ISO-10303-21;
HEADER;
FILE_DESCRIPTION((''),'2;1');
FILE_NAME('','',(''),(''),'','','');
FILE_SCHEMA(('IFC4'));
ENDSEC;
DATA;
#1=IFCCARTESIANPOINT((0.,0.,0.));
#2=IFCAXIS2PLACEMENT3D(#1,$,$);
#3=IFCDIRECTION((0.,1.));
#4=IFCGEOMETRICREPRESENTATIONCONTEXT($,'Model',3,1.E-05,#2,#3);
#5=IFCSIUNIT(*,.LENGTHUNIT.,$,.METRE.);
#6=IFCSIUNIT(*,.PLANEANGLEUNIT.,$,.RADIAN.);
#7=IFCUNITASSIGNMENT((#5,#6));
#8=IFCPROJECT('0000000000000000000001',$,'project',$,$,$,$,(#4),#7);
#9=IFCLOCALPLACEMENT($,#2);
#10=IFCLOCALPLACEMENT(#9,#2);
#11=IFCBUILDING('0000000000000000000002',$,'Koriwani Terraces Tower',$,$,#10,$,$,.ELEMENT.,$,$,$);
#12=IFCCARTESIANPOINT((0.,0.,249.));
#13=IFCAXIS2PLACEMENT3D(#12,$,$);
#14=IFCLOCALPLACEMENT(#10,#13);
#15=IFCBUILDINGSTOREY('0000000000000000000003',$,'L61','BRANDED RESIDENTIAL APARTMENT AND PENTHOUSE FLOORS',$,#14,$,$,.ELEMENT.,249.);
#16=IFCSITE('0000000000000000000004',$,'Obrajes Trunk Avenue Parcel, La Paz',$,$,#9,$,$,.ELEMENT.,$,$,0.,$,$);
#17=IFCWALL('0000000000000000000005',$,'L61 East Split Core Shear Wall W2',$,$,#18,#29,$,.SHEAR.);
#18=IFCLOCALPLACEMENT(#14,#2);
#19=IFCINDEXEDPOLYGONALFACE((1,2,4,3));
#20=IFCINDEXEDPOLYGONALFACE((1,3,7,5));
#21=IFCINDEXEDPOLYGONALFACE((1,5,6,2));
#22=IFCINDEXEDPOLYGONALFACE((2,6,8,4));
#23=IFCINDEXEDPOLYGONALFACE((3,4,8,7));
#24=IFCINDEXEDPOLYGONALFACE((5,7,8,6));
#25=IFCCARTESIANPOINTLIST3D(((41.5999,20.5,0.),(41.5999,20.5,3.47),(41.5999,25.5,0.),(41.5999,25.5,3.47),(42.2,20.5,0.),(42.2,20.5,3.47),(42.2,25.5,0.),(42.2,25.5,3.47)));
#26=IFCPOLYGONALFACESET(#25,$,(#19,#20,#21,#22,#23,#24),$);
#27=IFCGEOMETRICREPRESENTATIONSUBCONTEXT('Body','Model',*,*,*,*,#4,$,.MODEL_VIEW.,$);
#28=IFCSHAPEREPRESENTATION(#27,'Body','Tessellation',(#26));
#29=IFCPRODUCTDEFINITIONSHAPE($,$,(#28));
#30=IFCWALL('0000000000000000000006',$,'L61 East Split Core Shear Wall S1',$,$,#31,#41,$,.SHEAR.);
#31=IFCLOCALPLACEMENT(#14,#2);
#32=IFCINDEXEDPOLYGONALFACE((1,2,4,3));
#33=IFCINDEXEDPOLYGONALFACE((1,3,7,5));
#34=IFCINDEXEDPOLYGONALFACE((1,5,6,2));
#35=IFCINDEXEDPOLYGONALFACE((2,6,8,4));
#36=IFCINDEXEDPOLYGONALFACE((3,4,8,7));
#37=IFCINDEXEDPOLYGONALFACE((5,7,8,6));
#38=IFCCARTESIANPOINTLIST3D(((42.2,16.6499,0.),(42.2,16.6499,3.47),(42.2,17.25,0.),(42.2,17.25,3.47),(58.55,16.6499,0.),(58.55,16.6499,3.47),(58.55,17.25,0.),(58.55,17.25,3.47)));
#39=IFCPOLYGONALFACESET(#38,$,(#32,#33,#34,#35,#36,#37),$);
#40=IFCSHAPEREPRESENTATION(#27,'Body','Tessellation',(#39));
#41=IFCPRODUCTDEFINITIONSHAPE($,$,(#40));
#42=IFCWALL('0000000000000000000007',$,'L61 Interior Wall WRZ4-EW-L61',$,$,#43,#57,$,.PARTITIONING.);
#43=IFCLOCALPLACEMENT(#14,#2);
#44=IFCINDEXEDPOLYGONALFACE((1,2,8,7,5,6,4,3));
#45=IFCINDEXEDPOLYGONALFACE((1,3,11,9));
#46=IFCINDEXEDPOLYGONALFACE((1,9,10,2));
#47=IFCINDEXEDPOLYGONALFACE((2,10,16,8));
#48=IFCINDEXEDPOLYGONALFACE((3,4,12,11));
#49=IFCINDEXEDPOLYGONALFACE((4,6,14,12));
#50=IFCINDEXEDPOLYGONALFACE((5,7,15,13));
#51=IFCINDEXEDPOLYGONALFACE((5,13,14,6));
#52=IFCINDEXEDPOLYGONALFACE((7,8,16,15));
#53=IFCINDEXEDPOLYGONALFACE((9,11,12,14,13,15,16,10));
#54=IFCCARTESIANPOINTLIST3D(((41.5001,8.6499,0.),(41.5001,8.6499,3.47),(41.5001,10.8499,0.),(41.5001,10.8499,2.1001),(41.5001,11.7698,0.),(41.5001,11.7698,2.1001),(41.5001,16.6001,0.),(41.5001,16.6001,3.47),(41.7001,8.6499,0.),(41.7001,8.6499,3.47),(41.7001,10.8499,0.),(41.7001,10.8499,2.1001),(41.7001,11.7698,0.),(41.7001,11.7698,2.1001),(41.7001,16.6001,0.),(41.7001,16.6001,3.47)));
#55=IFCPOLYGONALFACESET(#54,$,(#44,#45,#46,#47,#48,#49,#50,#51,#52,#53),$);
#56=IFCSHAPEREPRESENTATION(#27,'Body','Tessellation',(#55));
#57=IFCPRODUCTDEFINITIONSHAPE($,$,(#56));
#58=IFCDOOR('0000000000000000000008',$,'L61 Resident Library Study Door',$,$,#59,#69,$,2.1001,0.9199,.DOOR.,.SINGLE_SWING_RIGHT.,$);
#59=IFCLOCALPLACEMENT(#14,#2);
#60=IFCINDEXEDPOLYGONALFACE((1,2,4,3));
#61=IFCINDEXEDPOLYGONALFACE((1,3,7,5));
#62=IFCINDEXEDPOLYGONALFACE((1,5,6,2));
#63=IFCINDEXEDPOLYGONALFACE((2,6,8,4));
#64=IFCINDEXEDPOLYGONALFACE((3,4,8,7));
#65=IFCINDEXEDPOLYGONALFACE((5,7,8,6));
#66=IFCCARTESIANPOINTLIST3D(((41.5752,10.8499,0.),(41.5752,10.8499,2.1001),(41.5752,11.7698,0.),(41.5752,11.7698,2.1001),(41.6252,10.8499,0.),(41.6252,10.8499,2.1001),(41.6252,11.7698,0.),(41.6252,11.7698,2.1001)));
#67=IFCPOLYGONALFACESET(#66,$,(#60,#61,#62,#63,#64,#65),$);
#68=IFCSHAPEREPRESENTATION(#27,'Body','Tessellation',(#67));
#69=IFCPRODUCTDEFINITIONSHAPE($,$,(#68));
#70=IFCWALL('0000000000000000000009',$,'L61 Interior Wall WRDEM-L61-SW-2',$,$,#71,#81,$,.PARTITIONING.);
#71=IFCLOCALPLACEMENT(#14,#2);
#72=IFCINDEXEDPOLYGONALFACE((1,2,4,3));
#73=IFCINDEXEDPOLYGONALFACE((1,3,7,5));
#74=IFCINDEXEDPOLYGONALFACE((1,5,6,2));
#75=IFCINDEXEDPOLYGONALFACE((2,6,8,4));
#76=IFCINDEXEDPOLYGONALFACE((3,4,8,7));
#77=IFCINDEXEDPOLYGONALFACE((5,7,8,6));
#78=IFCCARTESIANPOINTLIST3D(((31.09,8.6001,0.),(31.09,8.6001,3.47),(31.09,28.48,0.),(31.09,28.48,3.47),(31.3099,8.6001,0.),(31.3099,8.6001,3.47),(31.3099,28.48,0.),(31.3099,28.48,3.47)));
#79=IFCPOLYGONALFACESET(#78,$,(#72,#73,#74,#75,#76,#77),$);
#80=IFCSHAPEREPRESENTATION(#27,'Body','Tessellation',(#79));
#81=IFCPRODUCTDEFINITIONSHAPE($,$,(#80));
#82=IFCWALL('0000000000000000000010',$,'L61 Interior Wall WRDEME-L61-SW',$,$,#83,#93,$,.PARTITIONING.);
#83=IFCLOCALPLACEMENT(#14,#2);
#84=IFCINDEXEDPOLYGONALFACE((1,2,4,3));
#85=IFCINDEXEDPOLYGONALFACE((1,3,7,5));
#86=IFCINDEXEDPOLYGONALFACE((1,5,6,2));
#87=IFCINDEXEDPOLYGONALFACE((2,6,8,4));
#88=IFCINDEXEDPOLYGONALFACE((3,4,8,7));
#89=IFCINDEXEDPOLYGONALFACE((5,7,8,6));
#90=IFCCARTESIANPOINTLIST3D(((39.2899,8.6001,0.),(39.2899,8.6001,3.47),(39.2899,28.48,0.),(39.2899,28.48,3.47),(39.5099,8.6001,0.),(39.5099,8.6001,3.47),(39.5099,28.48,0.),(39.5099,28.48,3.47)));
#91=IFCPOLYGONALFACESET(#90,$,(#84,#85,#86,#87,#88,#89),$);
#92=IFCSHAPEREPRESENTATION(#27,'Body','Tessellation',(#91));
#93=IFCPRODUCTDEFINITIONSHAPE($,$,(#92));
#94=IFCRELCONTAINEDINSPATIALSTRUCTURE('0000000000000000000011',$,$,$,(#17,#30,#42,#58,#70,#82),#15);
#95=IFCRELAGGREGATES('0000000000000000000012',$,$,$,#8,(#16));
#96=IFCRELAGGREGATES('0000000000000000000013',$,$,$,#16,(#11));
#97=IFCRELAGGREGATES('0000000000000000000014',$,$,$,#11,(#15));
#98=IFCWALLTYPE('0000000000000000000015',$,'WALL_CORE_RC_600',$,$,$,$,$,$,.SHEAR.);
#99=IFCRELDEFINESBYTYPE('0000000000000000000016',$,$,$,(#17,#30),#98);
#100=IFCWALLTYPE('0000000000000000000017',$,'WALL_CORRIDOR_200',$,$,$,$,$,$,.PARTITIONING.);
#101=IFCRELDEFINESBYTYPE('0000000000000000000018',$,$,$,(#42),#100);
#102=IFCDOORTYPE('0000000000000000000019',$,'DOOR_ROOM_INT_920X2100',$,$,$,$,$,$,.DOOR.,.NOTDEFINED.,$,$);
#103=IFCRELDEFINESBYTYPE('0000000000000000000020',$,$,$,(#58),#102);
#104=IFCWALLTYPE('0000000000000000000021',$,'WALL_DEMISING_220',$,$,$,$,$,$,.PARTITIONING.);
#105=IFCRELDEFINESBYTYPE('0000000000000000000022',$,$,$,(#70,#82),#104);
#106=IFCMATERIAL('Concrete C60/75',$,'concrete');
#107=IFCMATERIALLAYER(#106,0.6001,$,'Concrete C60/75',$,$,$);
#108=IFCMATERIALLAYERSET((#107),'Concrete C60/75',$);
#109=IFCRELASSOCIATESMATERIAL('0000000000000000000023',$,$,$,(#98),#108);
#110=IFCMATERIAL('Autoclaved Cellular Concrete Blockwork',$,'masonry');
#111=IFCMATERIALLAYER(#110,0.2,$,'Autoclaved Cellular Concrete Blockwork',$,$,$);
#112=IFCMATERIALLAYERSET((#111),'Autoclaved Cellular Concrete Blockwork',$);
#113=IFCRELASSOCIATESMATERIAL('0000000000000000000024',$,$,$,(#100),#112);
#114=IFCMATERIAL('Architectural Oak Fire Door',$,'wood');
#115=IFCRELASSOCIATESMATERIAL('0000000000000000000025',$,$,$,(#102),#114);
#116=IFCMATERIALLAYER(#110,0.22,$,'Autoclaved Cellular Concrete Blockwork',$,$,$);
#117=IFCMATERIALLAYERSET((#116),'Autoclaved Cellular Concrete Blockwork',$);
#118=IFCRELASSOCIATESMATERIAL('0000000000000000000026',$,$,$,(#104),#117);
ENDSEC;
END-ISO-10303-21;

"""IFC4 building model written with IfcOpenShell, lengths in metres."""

from ifc_helpers import new_model, si_unit, direction, frame, frame_2d, origin, place, context, subcontext, project, spatial, rectangle, extrude, material, layer, layer_set, type_object, element, fill, save


model = new_model("IFC4")

# Units and contexts
model_context = context("Model", 3, precision=1e-05, world=origin(), true_north=direction((0.0, 1.0)))
body_context = subcontext(model_context, "Body", "Model", "MODEL_VIEW")
ifc_project = project(units=[si_unit("LENGTHUNIT", "METRE"), si_unit("PLANEANGLEUNIT", "RADIAN")], contexts=[model_context])

# Site, building, storey
site_placement = place(None, origin())
site = spatial("IfcSite", under=ifc_project, at=site_placement, Name="Obrajes Trunk Avenue Parcel, La Paz", CompositionType="ELEMENT", RefElevation=0.0)
building_placement = place(site_placement, origin())
building = spatial("IfcBuilding", under=site, at=building_placement, Name="Koriwani Terraces Tower", CompositionType="ELEMENT")
storey_placement = place(building_placement, frame((0.0, 0.0, 249.0)))
storey = spatial("IfcBuildingStorey", under=building, at=storey_placement, Name="L61", Description="BRANDED RESIDENTIAL APARTMENT AND PENTHOUSE FLOORS", CompositionType="ELEMENT", Elevation=249.0)

# Walls
ifc_material_1 = material(Name="Concrete C60/75", Category="concrete")
ifc_layer_1 = layer(ifc_material_1, 0.6001, Name="Concrete C60/75")
ifc_layer_set_1 = layer_set([ifc_layer_1], Name="Concrete C60/75")
wall_type_1 = type_object("IfcWallType", Name="WALL_CORE_RC_600", PredefinedType="SHEAR", material=ifc_layer_set_1)
wall_1_placement = place(storey_placement, frame((41.8999, 20.5, 0.0), z_axis=(0.0, 0.0, 1.0), x_axis=(0.0, 1.0, 0.0)))
element("IfcWall", 1, at=wall_1_placement, inside=storey, type_object=wall_type_1, Name="L61 East Split Core Shear Wall W2", PredefinedType="SHEAR", context=body_context, shape_type="SweptSolid", body=[
    extrude(rectangle(XDim=5.0, YDim=0.6001, at=frame_2d((2.5, 0.0))), origin(), (0.0, 0.0, 1.0), 3.47),
])
wall_2_placement = place(storey_placement, frame((42.2, 16.95, 0.0), z_axis=(0.0, 0.0, 1.0), x_axis=(1.0, 0.0, 0.0)))
element("IfcWall", 2, at=wall_2_placement, inside=storey, type_object=wall_type_1, Name="L61 East Split Core Shear Wall S1", PredefinedType="SHEAR", context=body_context, shape_type="SweptSolid", body=[
    extrude(rectangle(XDim=16.3501, YDim=0.6001, at=frame_2d((8.175, 0.0))), origin(), (0.0, 0.0, 1.0), 3.47),
])

# Wall, opening, door
ifc_material_2 = material(Name="Autoclaved Cellular Concrete Blockwork", Category="masonry")
ifc_layer_2 = layer(ifc_material_2, 0.2, Name="Autoclaved Cellular Concrete Blockwork")
ifc_layer_set_2 = layer_set([ifc_layer_2], Name="Autoclaved Cellular Concrete Blockwork")
wall_type_2 = type_object("IfcWallType", Name="WALL_CORRIDOR_200", PredefinedType="PARTITIONING", material=ifc_layer_set_2)
wall_3_placement = place(storey_placement, frame((41.6001, 8.6499, 0.0), z_axis=(0.0, 0.0, 1.0), x_axis=(0.0, 1.0, 0.0)))
wall_3 = element("IfcWall", 3, at=wall_3_placement, inside=storey, type_object=wall_type_2, Name="L61 Interior Wall WRZ4-EW-L61", PredefinedType="PARTITIONING", context=body_context, shape_type="SweptSolid", body=[
    extrude(rectangle(XDim=7.9502, YDim=0.2, at=frame_2d((3.9751, 0.0))), origin(), (0.0, 0.0, 1.0), 3.47),
])
opening_1_placement = place(wall_3_placement, frame((2.2, 0.0, 0.0)))
opening_1 = element("IfcOpeningElement", 4, at=opening_1_placement, cuts=wall_3, PredefinedType="OPENING", context=body_context, shape_type="SweptSolid", body=[
    extrude(rectangle(XDim=0.9199, YDim=2.1001, at=frame_2d((0.46, 1.05))), frame((0.0, 0.1099, 0.0), z_axis=(0.0, -1.0, 0.0), x_axis=(1.0, 0.0, 0.0)), (0.0, 0.0, 1.0), 0.22),
])
ifc_material_3 = material(Name="Architectural Oak Fire Door", Category="wood")
door_type_1 = type_object("IfcDoorType", Name="DOOR_ROOM_INT_920X2100", OperationType="NOTDEFINED", PredefinedType="DOOR", material=ifc_material_3)
door_1_placement = place(opening_1_placement, origin())
door_1 = element("IfcDoor", 5, at=door_1_placement, inside=storey, type_object=door_type_1, Name="L61 Resident Library Study Door", OperationType="SINGLE_SWING_RIGHT", OverallHeight=2.1001, OverallWidth=0.9199, PredefinedType="DOOR", context=body_context, shape_type="SweptSolid", body=[
    extrude(rectangle(XDim=0.9199, YDim=2.1001, at=frame_2d((0.46, 1.05))), frame((0.0, 0.0249, 0.0), z_axis=(0.0, -1.0, 0.0), x_axis=(1.0, 0.0, 0.0)), (0.0, 0.0, 1.0), 0.05),
])
fill(opening_1, door_1)

# Walls
ifc_layer_3 = layer(ifc_material_2, 0.22, Name="Autoclaved Cellular Concrete Blockwork")
ifc_layer_set_3 = layer_set([ifc_layer_3], Name="Autoclaved Cellular Concrete Blockwork")
wall_type_3 = type_object("IfcWallType", Name="WALL_DEMISING_220", PredefinedType="PARTITIONING", material=ifc_layer_set_3)
for number, where, z_axis, x_axis, name in (
    (6, (31.2, 8.6001, 0.0), (0.0, 0.0, 1.0), (0.0, 1.0, 0.0), "L61 Interior Wall WRDEM-L61-SW-2"),
    (7, (39.3999, 8.6001, 0.0), (0.0, 0.0, 1.0), (0.0, 1.0, 0.0), "L61 Interior Wall WRDEME-L61-SW"),
):
    element("IfcWall", number, at=place(storey_placement, frame(where, z_axis=z_axis, x_axis=x_axis)), inside=storey, type_object=wall_type_3, Name=name, PredefinedType="PARTITIONING", context=body_context, shape_type="SweptSolid", body=[
        extrude(rectangle(XDim=19.8799, YDim=0.22, at=frame_2d((9.9399, 0.0))), origin(), (0.0, 0.0, 1.0), 3.47),
    ])

save(model, "model.ifc")
